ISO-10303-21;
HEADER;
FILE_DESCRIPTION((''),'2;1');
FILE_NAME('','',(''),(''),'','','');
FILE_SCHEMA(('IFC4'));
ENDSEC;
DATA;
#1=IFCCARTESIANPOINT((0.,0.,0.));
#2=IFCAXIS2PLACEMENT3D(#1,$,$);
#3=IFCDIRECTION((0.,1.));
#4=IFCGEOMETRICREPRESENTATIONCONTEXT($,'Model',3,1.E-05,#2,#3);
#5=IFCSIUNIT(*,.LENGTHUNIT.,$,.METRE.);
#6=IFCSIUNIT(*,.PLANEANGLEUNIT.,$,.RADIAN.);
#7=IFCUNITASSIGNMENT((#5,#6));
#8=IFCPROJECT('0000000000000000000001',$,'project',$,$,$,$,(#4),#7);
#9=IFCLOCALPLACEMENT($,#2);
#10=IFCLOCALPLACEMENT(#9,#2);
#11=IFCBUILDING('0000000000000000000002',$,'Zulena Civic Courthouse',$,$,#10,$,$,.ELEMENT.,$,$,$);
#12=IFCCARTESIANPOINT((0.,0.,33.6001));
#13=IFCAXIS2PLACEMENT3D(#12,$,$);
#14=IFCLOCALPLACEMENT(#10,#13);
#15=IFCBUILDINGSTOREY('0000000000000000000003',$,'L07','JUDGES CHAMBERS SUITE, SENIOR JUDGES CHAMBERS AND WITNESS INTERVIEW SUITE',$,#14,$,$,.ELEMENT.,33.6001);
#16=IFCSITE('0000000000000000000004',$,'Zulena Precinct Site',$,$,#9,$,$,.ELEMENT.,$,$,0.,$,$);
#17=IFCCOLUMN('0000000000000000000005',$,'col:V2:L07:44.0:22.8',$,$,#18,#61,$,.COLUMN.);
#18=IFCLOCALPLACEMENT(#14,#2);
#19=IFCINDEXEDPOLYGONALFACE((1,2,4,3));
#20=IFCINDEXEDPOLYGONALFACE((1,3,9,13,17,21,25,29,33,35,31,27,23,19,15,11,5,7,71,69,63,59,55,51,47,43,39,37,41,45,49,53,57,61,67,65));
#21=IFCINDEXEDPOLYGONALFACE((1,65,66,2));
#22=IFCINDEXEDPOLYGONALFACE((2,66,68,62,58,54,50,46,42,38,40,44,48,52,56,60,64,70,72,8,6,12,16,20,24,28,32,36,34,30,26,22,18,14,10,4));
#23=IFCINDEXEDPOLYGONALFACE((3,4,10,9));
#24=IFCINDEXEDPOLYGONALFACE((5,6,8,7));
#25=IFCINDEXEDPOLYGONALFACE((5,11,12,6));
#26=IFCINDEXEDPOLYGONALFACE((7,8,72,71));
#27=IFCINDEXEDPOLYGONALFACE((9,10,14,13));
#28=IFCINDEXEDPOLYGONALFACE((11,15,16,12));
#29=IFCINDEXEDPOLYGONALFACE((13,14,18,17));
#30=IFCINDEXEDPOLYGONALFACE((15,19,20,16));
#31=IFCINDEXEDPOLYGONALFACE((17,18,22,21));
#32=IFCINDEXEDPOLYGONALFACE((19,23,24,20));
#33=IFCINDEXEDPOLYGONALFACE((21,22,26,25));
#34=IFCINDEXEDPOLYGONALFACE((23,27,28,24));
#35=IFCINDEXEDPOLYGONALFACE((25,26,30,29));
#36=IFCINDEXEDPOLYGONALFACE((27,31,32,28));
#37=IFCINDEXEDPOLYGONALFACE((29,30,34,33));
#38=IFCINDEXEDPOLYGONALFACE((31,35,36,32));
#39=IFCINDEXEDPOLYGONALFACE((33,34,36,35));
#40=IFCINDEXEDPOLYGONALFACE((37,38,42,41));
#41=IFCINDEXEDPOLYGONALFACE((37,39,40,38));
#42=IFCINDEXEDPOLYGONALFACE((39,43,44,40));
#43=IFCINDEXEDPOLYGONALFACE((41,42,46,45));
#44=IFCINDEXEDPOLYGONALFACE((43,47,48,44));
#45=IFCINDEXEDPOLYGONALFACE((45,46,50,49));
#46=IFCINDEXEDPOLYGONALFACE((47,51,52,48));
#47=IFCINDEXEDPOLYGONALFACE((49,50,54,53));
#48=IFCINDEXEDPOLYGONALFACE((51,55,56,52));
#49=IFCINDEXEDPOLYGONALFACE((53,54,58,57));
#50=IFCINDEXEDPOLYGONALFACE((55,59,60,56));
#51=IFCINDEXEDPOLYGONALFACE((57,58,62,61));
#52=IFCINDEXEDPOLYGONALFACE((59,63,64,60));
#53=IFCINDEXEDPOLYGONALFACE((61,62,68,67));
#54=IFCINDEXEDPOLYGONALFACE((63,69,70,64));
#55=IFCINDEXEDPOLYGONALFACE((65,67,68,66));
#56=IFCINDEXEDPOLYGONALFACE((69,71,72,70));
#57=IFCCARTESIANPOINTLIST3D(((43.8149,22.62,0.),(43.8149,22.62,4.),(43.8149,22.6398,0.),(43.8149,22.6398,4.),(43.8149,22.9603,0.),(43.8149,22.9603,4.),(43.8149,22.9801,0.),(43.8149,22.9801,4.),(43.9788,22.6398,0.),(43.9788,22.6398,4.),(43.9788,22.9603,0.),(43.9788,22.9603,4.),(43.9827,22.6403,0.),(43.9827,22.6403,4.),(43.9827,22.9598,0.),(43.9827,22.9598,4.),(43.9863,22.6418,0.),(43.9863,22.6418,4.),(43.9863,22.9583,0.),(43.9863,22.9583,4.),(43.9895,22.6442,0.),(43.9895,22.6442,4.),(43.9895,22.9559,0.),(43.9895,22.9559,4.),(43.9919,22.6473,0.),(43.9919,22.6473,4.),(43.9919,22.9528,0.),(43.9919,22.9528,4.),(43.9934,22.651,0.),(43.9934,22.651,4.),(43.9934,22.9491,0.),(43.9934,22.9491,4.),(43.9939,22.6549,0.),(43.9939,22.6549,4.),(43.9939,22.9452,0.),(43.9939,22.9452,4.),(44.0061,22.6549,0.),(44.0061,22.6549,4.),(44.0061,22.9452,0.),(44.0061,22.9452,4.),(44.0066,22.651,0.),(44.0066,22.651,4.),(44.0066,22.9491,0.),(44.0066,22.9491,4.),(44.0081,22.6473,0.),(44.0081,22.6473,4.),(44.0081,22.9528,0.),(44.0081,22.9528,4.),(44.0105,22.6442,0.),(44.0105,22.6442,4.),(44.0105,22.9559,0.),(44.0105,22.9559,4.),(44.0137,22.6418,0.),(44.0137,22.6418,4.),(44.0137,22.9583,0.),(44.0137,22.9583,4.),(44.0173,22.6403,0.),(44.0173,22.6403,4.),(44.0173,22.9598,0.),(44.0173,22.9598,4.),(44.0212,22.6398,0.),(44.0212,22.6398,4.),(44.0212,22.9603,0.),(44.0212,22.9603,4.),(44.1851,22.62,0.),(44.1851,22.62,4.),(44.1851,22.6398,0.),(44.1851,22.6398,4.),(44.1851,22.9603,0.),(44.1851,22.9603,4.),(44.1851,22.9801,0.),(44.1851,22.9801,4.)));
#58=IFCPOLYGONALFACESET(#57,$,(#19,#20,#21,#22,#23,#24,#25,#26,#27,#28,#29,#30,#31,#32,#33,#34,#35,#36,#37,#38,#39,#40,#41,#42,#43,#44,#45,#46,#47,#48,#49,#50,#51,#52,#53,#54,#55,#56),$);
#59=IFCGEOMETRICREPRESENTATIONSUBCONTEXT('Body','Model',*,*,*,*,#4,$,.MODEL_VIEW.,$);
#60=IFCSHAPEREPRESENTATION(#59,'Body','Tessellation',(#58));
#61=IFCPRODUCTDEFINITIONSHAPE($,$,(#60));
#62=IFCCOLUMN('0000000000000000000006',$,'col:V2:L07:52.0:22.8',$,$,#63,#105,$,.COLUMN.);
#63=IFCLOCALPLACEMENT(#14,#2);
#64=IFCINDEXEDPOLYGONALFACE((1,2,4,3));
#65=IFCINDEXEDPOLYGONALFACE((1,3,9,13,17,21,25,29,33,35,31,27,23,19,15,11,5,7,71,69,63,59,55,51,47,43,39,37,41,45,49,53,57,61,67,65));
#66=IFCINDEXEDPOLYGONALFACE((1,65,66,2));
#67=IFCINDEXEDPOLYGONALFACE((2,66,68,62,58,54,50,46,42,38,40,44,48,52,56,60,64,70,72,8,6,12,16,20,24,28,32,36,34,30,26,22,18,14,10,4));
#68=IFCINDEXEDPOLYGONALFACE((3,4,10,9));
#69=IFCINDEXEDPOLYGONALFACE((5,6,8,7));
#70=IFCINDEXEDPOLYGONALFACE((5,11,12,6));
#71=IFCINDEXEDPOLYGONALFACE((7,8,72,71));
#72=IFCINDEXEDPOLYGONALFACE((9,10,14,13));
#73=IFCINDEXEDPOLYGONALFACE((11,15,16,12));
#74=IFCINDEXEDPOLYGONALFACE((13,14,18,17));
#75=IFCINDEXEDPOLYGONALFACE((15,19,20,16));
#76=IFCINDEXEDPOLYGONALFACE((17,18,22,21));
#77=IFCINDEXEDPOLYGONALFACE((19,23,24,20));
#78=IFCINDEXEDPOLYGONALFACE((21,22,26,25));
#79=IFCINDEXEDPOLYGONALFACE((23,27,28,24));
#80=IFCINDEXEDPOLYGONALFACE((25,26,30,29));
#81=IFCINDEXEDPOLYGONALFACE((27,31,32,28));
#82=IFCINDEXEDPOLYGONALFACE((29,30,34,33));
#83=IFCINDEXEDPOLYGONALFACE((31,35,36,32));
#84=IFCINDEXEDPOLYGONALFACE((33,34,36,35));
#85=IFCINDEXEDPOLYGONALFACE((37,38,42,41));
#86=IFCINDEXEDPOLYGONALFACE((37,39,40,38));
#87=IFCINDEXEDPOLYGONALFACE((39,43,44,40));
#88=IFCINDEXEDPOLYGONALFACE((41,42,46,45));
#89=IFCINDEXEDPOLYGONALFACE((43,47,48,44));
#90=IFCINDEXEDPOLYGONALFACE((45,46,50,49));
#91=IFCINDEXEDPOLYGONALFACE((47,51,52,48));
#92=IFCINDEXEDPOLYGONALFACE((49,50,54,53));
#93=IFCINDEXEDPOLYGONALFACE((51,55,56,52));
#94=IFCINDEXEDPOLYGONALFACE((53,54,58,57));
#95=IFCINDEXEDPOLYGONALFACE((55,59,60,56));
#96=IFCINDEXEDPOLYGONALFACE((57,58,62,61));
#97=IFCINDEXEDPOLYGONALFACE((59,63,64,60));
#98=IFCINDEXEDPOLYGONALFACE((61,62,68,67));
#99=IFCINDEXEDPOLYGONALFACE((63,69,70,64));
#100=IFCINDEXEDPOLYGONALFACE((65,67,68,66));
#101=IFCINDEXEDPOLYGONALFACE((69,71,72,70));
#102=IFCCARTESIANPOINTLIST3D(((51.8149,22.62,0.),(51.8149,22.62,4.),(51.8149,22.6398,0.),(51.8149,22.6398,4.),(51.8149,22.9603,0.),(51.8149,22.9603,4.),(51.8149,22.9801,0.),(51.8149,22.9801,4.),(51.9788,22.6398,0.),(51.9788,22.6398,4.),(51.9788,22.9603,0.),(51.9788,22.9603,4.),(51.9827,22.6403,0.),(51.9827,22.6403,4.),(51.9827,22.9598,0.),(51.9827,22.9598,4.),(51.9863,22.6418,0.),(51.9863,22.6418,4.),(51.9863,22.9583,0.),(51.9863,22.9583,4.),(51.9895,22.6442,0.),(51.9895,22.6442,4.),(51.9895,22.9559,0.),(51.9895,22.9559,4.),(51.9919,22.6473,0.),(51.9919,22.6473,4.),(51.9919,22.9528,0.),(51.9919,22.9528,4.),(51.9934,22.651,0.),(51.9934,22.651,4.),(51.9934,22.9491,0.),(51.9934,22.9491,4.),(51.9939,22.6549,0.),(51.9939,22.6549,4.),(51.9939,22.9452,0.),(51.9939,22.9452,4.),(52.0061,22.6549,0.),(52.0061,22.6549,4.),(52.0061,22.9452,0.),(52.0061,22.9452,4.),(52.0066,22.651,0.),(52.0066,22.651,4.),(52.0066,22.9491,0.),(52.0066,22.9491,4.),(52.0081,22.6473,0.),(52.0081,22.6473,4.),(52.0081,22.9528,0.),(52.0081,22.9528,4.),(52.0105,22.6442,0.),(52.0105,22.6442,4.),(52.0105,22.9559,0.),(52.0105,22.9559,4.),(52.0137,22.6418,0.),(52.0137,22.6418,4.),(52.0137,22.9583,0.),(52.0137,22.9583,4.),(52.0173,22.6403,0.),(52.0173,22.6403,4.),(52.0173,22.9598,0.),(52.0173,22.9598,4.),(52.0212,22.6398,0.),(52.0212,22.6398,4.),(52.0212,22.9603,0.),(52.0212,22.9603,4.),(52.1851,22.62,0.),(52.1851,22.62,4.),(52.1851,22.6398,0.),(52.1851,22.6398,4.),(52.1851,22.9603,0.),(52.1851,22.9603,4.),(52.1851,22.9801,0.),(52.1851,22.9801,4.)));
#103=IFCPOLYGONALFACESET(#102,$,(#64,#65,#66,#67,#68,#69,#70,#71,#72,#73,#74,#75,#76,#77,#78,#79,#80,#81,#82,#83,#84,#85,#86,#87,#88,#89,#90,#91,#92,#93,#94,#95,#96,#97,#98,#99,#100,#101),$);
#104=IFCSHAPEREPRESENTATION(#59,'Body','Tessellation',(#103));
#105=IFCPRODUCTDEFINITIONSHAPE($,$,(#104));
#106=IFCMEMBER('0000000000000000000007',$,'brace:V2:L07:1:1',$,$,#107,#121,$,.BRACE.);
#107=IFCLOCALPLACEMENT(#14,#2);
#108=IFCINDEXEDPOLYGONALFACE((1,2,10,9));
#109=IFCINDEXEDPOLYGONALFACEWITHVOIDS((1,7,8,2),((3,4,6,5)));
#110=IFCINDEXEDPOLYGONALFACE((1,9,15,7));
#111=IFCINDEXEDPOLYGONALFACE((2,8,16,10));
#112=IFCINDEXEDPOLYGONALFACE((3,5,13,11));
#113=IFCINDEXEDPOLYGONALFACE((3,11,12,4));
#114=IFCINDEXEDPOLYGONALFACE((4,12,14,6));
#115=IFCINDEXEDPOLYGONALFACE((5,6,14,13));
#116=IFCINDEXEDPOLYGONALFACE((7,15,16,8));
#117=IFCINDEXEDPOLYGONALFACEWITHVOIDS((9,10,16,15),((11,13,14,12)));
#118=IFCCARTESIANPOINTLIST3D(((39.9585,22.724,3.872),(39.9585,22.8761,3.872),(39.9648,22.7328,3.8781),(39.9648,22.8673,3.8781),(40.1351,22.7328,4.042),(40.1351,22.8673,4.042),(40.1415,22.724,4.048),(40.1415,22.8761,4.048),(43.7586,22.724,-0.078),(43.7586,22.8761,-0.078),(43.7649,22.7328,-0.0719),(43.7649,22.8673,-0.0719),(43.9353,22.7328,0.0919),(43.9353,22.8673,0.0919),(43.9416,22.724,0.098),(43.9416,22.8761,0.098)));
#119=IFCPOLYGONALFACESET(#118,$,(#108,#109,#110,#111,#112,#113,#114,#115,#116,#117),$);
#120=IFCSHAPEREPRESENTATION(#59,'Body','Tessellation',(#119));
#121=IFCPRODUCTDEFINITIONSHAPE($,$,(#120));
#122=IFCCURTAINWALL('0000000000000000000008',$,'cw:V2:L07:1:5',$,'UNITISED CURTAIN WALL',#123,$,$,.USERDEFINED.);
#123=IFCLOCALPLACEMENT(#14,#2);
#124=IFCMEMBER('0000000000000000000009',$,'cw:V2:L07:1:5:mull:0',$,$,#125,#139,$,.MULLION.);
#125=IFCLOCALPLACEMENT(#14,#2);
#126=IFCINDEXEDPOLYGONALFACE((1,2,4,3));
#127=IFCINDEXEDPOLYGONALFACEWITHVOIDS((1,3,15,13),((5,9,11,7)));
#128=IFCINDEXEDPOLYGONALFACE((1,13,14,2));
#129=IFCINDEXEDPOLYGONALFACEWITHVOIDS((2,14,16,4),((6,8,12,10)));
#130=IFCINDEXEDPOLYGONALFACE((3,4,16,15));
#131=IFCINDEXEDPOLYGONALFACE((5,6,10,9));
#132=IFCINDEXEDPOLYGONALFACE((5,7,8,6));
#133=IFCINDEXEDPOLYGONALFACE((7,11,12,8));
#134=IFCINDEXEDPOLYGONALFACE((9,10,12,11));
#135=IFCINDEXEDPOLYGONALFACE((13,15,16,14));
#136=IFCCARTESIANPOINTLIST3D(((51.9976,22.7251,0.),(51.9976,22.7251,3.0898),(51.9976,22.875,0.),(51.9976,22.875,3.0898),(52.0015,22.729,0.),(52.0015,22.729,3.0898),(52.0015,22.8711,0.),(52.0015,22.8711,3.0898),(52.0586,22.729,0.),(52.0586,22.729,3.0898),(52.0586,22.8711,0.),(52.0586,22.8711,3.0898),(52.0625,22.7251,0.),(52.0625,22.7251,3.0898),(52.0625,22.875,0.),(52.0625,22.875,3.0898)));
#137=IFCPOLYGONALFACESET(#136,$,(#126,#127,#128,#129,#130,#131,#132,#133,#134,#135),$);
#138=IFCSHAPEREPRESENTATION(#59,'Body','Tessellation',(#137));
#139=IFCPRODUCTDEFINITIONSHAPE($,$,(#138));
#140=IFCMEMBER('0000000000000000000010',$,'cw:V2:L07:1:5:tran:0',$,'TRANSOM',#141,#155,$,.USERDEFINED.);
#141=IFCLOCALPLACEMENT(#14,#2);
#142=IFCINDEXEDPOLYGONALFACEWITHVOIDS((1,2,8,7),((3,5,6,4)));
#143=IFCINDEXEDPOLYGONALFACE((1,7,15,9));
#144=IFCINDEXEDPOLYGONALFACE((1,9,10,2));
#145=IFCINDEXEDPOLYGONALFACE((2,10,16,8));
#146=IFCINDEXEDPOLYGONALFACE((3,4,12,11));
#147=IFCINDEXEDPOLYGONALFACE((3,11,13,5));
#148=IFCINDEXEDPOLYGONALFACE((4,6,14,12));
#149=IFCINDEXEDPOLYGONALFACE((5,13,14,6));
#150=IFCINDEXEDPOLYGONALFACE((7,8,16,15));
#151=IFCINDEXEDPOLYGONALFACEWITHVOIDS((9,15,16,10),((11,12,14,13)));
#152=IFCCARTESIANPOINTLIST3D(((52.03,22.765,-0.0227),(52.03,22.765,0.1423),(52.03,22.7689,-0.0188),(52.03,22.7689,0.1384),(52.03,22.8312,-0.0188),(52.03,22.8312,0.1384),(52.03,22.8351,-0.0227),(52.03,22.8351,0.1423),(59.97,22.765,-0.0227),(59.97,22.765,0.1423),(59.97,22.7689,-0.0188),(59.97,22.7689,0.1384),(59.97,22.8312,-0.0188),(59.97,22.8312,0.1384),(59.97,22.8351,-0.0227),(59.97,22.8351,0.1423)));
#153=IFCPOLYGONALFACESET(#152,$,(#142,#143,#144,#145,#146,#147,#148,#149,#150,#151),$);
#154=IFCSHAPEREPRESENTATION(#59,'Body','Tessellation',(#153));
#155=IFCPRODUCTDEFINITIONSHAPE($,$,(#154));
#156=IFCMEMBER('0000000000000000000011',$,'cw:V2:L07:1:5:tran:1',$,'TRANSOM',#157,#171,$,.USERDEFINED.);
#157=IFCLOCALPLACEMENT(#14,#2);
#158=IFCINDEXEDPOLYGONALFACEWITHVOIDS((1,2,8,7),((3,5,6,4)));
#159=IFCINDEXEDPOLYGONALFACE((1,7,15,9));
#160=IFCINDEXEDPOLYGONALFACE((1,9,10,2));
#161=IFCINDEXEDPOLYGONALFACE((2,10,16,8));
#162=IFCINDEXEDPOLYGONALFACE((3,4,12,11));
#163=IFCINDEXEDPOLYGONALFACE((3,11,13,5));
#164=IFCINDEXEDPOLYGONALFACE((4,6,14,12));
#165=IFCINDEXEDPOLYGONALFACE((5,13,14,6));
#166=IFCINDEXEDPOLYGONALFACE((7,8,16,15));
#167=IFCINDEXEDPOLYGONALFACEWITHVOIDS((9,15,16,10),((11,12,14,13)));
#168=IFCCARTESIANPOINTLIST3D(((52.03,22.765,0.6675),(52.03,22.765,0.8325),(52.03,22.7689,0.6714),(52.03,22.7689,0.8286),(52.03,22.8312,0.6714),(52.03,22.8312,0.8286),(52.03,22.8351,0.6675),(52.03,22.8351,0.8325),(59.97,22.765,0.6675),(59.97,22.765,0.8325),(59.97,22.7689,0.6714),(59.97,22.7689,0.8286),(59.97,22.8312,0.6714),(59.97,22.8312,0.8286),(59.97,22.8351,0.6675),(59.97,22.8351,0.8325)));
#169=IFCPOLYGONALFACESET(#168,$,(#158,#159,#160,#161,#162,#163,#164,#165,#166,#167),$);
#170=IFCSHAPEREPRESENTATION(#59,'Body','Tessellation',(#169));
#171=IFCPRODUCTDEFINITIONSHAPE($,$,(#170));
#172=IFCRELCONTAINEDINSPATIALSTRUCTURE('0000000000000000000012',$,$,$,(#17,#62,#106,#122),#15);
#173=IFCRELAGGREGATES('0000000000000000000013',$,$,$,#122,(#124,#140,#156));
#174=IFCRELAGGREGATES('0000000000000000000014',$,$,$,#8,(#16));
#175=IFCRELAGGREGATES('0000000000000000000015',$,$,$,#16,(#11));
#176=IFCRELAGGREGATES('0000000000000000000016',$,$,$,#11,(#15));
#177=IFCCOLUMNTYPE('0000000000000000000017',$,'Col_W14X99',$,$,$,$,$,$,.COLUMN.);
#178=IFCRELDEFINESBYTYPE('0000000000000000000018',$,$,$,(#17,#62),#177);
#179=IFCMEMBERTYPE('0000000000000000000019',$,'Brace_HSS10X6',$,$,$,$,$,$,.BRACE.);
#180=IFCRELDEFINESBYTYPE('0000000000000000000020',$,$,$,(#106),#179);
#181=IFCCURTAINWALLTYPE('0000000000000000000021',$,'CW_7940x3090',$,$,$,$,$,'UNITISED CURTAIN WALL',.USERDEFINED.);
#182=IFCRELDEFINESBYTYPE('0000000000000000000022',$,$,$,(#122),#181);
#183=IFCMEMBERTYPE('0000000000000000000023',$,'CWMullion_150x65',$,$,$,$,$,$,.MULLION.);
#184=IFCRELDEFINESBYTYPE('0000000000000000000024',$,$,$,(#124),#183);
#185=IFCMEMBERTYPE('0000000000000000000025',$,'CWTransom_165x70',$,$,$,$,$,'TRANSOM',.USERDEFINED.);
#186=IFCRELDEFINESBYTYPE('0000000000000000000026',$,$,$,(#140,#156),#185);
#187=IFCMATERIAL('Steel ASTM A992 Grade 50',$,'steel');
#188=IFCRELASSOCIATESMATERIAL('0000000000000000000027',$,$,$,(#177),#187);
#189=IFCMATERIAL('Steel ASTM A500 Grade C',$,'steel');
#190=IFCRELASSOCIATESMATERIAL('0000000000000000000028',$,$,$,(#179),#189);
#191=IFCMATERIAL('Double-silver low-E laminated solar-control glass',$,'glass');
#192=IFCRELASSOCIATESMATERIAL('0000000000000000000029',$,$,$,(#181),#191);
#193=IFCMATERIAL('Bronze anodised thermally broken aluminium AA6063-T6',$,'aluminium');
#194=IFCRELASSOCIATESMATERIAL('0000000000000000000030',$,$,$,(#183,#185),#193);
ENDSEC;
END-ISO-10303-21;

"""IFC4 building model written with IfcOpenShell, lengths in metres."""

from ifc_helpers import new_model, si_unit, direction, frame, origin, origin_2d, place, context, subcontext, project, spatial, hollow_rectangle, i_section, extrude, material, material_profile, profile_set, type_object, element, aggregate, save


model = new_model("IFC4")

# Units and contexts
model_context = context("Model", 3, precision=1e-05, world=origin(), true_north=direction((0.0, 1.0)))
body_context = subcontext(model_context, "Body", "Model", "MODEL_VIEW")
ifc_project = project(units=[si_unit("LENGTHUNIT", "METRE"), si_unit("PLANEANGLEUNIT", "RADIAN")], contexts=[model_context])

# Site, building, storey
site_placement = place(None, origin())
site = spatial("IfcSite", under=ifc_project, at=site_placement, Name="Zulena Precinct Site", CompositionType="ELEMENT", RefElevation=0.0)
building_placement = place(site_placement, origin())
building = spatial("IfcBuilding", under=site, at=building_placement, Name="Zulena Civic Courthouse", CompositionType="ELEMENT")
storey_placement = place(building_placement, frame((0.0, 0.0, 33.6001)))
storey = spatial("IfcBuildingStorey", under=building, at=storey_placement, Name="L07", Description="JUDGES CHAMBERS SUITE, SENIOR JUDGES CHAMBERS AND WITNESS INTERVIEW SUITE", CompositionType="ELEMENT", Elevation=33.6001)

# Columns
ifc_material_1 = material(Name="Steel ASTM A992 Grade 50", Category="steel")
ifc_material_profile_1 = material_profile(ifc_material_1, i_section(OverallWidth=0.3701, OverallDepth=0.3601, WebThickness=0.0122, FlangeThickness=0.0198, FilletRadius=0.0151, at=origin_2d()), Name="W14X99")
ifc_profile_set_1 = profile_set([ifc_material_profile_1], Name="Steel ASTM A992 Grade 50")
column_type_1 = type_object("IfcColumnType", Name="Col_W14X99", PredefinedType="COLUMN", material=ifc_profile_set_1)
for number, where, z_axis, x_axis, name in (
    (1, (44.0, 22.8, 0.0), (0.0, 0.0, 1.0), (1.0, 0.0, 0.0), "col:V2:L07:44.0:22.8"),
    (2, (52.0, 22.8, 0.0), (0.0, 0.0, 1.0), (1.0, 0.0, 0.0), "col:V2:L07:52.0:22.8"),
):
    element("IfcColumn", number, at=place(storey_placement, frame(where, z_axis=z_axis, x_axis=x_axis)), inside=storey, type_object=column_type_1, Name=name, PredefinedType="COLUMN", context=body_context, shape_type="SweptSolid", body=[
        extrude(i_section(OverallWidth=0.3701, OverallDepth=0.3601, WebThickness=0.0122, FlangeThickness=0.0198, FilletRadius=0.0151, at=origin_2d()), origin(), (0.0, 0.0, 1.0), 4.0),
    ])

# Member
ifc_material_2 = material(Name="Steel ASTM A500 Grade C", Category="steel")
ifc_material_profile_2 = material_profile(ifc_material_2, hollow_rectangle(XDim=0.1521, YDim=0.2539, WallThickness=0.0088, at=origin_2d()), Name="HSS10X6X3/8")
ifc_profile_set_2 = profile_set([ifc_material_profile_2], Name="Steel ASTM A500 Grade C")
member_type_1 = type_object("IfcMemberType", Name="Brace_HSS10X6", PredefinedType="BRACE", material=ifc_profile_set_2)
member_1_placement = place(storey_placement, frame((43.8501, 22.8, 0.01), z_axis=(-0.6933, 0.0, 0.720649), x_axis=(0.0, -1.0, 0.0)))
element("IfcMember", 3, at=member_1_placement, inside=storey, type_object=member_type_1, Name="brace:V2:L07:1:1", PredefinedType="BRACE", context=body_context, shape_type="SweptSolid", body=[
    extrude(hollow_rectangle(XDim=0.1521, YDim=0.2539, WallThickness=0.0088, at=origin_2d()), origin(), (0.0, 0.0, 1.0), 5.4812),
])

# Curtain wall, members
ifc_material_3 = material(Name="Double-silver low-E laminated solar-control glass", Category="glass")
curtain_wall_type = type_object("IfcCurtainWallType", Name="CW_7940x3090", ElementType="UNITISED CURTAIN WALL", PredefinedType="USERDEFINED", material=ifc_material_3)
curtain_wall_placement = place(storey_placement, origin())
curtain_wall = element("IfcCurtainWall", 4, at=curtain_wall_placement, inside=storey, type_object=curtain_wall_type, Name="cw:V2:L07:1:5", ObjectType="UNITISED CURTAIN WALL", PredefinedType="USERDEFINED")
ifc_material_4 = material(Name="Bronze anodised thermally broken aluminium AA6063-T6", Category="aluminium")
ifc_material_profile_3 = material_profile(ifc_material_4, hollow_rectangle(XDim=0.0649, YDim=0.1499, WallThickness=0.0039, at=origin_2d()), Name="CWM150X65X4")
ifc_profile_set_3 = profile_set([ifc_material_profile_3], Name="Bronze anodised thermally broken aluminium AA6063-T6")
member_type_2 = type_object("IfcMemberType", Name="CWMullion_150x65", PredefinedType="MULLION", material=ifc_profile_set_3)
member_2_placement = place(storey_placement, frame((52.03, 22.8, 0.0), z_axis=(0.0, 0.0, 1.0), x_axis=(1.0, 0.0, 0.0)))
member_2 = element("IfcMember", 5, at=member_2_placement, type_object=member_type_2, Name="cw:V2:L07:1:5:mull:0", PredefinedType="MULLION", context=body_context, shape_type="SweptSolid", body=[
    extrude(hollow_rectangle(XDim=0.0649, YDim=0.1499, WallThickness=0.0039, at=origin_2d()), origin(), (0.0, 0.0, 1.0), 3.0898),
])
ifc_material_profile_4 = material_profile(ifc_material_4, hollow_rectangle(XDim=0.0701, YDim=0.165, WallThickness=0.0039, at=origin_2d()), Name="CWT165X70X4")
ifc_profile_set_4 = profile_set([ifc_material_profile_4], Name="Bronze anodised thermally broken aluminium AA6063-T6")
member_type_3 = type_object("IfcMemberType", Name="CWTransom_165x70", ElementType="TRANSOM", PredefinedType="USERDEFINED", material=ifc_profile_set_4)
member_3_placement = place(storey_placement, frame((52.03, 22.8, 0.0598), z_axis=(1.0, 0.0, 0.0), x_axis=(0.0, 1.0, 0.0)))
member_3 = element("IfcMember", 6, at=member_3_placement, type_object=member_type_3, Name="cw:V2:L07:1:5:tran:0", ObjectType="TRANSOM", PredefinedType="USERDEFINED", context=body_context, shape_type="SweptSolid", body=[
    extrude(hollow_rectangle(XDim=0.0701, YDim=0.165, WallThickness=0.0039, at=origin_2d()), origin(), (0.0, 0.0, 1.0), 7.9399),
])
member_4_placement = place(storey_placement, frame((52.03, 22.8, 0.75), z_axis=(1.0, 0.0, 0.0), x_axis=(0.0, 1.0, 0.0)))
member_4 = element("IfcMember", 7, at=member_4_placement, type_object=member_type_3, Name="cw:V2:L07:1:5:tran:1", ObjectType="TRANSOM", PredefinedType="USERDEFINED", context=body_context, shape_type="SweptSolid", body=[
    extrude(hollow_rectangle(XDim=0.0701, YDim=0.165, WallThickness=0.0039, at=origin_2d()), origin(), (0.0, 0.0, 1.0), 7.9399),
])
aggregate(curtain_wall, [member_2, member_3, member_4])

save(model, "model.ifc")
